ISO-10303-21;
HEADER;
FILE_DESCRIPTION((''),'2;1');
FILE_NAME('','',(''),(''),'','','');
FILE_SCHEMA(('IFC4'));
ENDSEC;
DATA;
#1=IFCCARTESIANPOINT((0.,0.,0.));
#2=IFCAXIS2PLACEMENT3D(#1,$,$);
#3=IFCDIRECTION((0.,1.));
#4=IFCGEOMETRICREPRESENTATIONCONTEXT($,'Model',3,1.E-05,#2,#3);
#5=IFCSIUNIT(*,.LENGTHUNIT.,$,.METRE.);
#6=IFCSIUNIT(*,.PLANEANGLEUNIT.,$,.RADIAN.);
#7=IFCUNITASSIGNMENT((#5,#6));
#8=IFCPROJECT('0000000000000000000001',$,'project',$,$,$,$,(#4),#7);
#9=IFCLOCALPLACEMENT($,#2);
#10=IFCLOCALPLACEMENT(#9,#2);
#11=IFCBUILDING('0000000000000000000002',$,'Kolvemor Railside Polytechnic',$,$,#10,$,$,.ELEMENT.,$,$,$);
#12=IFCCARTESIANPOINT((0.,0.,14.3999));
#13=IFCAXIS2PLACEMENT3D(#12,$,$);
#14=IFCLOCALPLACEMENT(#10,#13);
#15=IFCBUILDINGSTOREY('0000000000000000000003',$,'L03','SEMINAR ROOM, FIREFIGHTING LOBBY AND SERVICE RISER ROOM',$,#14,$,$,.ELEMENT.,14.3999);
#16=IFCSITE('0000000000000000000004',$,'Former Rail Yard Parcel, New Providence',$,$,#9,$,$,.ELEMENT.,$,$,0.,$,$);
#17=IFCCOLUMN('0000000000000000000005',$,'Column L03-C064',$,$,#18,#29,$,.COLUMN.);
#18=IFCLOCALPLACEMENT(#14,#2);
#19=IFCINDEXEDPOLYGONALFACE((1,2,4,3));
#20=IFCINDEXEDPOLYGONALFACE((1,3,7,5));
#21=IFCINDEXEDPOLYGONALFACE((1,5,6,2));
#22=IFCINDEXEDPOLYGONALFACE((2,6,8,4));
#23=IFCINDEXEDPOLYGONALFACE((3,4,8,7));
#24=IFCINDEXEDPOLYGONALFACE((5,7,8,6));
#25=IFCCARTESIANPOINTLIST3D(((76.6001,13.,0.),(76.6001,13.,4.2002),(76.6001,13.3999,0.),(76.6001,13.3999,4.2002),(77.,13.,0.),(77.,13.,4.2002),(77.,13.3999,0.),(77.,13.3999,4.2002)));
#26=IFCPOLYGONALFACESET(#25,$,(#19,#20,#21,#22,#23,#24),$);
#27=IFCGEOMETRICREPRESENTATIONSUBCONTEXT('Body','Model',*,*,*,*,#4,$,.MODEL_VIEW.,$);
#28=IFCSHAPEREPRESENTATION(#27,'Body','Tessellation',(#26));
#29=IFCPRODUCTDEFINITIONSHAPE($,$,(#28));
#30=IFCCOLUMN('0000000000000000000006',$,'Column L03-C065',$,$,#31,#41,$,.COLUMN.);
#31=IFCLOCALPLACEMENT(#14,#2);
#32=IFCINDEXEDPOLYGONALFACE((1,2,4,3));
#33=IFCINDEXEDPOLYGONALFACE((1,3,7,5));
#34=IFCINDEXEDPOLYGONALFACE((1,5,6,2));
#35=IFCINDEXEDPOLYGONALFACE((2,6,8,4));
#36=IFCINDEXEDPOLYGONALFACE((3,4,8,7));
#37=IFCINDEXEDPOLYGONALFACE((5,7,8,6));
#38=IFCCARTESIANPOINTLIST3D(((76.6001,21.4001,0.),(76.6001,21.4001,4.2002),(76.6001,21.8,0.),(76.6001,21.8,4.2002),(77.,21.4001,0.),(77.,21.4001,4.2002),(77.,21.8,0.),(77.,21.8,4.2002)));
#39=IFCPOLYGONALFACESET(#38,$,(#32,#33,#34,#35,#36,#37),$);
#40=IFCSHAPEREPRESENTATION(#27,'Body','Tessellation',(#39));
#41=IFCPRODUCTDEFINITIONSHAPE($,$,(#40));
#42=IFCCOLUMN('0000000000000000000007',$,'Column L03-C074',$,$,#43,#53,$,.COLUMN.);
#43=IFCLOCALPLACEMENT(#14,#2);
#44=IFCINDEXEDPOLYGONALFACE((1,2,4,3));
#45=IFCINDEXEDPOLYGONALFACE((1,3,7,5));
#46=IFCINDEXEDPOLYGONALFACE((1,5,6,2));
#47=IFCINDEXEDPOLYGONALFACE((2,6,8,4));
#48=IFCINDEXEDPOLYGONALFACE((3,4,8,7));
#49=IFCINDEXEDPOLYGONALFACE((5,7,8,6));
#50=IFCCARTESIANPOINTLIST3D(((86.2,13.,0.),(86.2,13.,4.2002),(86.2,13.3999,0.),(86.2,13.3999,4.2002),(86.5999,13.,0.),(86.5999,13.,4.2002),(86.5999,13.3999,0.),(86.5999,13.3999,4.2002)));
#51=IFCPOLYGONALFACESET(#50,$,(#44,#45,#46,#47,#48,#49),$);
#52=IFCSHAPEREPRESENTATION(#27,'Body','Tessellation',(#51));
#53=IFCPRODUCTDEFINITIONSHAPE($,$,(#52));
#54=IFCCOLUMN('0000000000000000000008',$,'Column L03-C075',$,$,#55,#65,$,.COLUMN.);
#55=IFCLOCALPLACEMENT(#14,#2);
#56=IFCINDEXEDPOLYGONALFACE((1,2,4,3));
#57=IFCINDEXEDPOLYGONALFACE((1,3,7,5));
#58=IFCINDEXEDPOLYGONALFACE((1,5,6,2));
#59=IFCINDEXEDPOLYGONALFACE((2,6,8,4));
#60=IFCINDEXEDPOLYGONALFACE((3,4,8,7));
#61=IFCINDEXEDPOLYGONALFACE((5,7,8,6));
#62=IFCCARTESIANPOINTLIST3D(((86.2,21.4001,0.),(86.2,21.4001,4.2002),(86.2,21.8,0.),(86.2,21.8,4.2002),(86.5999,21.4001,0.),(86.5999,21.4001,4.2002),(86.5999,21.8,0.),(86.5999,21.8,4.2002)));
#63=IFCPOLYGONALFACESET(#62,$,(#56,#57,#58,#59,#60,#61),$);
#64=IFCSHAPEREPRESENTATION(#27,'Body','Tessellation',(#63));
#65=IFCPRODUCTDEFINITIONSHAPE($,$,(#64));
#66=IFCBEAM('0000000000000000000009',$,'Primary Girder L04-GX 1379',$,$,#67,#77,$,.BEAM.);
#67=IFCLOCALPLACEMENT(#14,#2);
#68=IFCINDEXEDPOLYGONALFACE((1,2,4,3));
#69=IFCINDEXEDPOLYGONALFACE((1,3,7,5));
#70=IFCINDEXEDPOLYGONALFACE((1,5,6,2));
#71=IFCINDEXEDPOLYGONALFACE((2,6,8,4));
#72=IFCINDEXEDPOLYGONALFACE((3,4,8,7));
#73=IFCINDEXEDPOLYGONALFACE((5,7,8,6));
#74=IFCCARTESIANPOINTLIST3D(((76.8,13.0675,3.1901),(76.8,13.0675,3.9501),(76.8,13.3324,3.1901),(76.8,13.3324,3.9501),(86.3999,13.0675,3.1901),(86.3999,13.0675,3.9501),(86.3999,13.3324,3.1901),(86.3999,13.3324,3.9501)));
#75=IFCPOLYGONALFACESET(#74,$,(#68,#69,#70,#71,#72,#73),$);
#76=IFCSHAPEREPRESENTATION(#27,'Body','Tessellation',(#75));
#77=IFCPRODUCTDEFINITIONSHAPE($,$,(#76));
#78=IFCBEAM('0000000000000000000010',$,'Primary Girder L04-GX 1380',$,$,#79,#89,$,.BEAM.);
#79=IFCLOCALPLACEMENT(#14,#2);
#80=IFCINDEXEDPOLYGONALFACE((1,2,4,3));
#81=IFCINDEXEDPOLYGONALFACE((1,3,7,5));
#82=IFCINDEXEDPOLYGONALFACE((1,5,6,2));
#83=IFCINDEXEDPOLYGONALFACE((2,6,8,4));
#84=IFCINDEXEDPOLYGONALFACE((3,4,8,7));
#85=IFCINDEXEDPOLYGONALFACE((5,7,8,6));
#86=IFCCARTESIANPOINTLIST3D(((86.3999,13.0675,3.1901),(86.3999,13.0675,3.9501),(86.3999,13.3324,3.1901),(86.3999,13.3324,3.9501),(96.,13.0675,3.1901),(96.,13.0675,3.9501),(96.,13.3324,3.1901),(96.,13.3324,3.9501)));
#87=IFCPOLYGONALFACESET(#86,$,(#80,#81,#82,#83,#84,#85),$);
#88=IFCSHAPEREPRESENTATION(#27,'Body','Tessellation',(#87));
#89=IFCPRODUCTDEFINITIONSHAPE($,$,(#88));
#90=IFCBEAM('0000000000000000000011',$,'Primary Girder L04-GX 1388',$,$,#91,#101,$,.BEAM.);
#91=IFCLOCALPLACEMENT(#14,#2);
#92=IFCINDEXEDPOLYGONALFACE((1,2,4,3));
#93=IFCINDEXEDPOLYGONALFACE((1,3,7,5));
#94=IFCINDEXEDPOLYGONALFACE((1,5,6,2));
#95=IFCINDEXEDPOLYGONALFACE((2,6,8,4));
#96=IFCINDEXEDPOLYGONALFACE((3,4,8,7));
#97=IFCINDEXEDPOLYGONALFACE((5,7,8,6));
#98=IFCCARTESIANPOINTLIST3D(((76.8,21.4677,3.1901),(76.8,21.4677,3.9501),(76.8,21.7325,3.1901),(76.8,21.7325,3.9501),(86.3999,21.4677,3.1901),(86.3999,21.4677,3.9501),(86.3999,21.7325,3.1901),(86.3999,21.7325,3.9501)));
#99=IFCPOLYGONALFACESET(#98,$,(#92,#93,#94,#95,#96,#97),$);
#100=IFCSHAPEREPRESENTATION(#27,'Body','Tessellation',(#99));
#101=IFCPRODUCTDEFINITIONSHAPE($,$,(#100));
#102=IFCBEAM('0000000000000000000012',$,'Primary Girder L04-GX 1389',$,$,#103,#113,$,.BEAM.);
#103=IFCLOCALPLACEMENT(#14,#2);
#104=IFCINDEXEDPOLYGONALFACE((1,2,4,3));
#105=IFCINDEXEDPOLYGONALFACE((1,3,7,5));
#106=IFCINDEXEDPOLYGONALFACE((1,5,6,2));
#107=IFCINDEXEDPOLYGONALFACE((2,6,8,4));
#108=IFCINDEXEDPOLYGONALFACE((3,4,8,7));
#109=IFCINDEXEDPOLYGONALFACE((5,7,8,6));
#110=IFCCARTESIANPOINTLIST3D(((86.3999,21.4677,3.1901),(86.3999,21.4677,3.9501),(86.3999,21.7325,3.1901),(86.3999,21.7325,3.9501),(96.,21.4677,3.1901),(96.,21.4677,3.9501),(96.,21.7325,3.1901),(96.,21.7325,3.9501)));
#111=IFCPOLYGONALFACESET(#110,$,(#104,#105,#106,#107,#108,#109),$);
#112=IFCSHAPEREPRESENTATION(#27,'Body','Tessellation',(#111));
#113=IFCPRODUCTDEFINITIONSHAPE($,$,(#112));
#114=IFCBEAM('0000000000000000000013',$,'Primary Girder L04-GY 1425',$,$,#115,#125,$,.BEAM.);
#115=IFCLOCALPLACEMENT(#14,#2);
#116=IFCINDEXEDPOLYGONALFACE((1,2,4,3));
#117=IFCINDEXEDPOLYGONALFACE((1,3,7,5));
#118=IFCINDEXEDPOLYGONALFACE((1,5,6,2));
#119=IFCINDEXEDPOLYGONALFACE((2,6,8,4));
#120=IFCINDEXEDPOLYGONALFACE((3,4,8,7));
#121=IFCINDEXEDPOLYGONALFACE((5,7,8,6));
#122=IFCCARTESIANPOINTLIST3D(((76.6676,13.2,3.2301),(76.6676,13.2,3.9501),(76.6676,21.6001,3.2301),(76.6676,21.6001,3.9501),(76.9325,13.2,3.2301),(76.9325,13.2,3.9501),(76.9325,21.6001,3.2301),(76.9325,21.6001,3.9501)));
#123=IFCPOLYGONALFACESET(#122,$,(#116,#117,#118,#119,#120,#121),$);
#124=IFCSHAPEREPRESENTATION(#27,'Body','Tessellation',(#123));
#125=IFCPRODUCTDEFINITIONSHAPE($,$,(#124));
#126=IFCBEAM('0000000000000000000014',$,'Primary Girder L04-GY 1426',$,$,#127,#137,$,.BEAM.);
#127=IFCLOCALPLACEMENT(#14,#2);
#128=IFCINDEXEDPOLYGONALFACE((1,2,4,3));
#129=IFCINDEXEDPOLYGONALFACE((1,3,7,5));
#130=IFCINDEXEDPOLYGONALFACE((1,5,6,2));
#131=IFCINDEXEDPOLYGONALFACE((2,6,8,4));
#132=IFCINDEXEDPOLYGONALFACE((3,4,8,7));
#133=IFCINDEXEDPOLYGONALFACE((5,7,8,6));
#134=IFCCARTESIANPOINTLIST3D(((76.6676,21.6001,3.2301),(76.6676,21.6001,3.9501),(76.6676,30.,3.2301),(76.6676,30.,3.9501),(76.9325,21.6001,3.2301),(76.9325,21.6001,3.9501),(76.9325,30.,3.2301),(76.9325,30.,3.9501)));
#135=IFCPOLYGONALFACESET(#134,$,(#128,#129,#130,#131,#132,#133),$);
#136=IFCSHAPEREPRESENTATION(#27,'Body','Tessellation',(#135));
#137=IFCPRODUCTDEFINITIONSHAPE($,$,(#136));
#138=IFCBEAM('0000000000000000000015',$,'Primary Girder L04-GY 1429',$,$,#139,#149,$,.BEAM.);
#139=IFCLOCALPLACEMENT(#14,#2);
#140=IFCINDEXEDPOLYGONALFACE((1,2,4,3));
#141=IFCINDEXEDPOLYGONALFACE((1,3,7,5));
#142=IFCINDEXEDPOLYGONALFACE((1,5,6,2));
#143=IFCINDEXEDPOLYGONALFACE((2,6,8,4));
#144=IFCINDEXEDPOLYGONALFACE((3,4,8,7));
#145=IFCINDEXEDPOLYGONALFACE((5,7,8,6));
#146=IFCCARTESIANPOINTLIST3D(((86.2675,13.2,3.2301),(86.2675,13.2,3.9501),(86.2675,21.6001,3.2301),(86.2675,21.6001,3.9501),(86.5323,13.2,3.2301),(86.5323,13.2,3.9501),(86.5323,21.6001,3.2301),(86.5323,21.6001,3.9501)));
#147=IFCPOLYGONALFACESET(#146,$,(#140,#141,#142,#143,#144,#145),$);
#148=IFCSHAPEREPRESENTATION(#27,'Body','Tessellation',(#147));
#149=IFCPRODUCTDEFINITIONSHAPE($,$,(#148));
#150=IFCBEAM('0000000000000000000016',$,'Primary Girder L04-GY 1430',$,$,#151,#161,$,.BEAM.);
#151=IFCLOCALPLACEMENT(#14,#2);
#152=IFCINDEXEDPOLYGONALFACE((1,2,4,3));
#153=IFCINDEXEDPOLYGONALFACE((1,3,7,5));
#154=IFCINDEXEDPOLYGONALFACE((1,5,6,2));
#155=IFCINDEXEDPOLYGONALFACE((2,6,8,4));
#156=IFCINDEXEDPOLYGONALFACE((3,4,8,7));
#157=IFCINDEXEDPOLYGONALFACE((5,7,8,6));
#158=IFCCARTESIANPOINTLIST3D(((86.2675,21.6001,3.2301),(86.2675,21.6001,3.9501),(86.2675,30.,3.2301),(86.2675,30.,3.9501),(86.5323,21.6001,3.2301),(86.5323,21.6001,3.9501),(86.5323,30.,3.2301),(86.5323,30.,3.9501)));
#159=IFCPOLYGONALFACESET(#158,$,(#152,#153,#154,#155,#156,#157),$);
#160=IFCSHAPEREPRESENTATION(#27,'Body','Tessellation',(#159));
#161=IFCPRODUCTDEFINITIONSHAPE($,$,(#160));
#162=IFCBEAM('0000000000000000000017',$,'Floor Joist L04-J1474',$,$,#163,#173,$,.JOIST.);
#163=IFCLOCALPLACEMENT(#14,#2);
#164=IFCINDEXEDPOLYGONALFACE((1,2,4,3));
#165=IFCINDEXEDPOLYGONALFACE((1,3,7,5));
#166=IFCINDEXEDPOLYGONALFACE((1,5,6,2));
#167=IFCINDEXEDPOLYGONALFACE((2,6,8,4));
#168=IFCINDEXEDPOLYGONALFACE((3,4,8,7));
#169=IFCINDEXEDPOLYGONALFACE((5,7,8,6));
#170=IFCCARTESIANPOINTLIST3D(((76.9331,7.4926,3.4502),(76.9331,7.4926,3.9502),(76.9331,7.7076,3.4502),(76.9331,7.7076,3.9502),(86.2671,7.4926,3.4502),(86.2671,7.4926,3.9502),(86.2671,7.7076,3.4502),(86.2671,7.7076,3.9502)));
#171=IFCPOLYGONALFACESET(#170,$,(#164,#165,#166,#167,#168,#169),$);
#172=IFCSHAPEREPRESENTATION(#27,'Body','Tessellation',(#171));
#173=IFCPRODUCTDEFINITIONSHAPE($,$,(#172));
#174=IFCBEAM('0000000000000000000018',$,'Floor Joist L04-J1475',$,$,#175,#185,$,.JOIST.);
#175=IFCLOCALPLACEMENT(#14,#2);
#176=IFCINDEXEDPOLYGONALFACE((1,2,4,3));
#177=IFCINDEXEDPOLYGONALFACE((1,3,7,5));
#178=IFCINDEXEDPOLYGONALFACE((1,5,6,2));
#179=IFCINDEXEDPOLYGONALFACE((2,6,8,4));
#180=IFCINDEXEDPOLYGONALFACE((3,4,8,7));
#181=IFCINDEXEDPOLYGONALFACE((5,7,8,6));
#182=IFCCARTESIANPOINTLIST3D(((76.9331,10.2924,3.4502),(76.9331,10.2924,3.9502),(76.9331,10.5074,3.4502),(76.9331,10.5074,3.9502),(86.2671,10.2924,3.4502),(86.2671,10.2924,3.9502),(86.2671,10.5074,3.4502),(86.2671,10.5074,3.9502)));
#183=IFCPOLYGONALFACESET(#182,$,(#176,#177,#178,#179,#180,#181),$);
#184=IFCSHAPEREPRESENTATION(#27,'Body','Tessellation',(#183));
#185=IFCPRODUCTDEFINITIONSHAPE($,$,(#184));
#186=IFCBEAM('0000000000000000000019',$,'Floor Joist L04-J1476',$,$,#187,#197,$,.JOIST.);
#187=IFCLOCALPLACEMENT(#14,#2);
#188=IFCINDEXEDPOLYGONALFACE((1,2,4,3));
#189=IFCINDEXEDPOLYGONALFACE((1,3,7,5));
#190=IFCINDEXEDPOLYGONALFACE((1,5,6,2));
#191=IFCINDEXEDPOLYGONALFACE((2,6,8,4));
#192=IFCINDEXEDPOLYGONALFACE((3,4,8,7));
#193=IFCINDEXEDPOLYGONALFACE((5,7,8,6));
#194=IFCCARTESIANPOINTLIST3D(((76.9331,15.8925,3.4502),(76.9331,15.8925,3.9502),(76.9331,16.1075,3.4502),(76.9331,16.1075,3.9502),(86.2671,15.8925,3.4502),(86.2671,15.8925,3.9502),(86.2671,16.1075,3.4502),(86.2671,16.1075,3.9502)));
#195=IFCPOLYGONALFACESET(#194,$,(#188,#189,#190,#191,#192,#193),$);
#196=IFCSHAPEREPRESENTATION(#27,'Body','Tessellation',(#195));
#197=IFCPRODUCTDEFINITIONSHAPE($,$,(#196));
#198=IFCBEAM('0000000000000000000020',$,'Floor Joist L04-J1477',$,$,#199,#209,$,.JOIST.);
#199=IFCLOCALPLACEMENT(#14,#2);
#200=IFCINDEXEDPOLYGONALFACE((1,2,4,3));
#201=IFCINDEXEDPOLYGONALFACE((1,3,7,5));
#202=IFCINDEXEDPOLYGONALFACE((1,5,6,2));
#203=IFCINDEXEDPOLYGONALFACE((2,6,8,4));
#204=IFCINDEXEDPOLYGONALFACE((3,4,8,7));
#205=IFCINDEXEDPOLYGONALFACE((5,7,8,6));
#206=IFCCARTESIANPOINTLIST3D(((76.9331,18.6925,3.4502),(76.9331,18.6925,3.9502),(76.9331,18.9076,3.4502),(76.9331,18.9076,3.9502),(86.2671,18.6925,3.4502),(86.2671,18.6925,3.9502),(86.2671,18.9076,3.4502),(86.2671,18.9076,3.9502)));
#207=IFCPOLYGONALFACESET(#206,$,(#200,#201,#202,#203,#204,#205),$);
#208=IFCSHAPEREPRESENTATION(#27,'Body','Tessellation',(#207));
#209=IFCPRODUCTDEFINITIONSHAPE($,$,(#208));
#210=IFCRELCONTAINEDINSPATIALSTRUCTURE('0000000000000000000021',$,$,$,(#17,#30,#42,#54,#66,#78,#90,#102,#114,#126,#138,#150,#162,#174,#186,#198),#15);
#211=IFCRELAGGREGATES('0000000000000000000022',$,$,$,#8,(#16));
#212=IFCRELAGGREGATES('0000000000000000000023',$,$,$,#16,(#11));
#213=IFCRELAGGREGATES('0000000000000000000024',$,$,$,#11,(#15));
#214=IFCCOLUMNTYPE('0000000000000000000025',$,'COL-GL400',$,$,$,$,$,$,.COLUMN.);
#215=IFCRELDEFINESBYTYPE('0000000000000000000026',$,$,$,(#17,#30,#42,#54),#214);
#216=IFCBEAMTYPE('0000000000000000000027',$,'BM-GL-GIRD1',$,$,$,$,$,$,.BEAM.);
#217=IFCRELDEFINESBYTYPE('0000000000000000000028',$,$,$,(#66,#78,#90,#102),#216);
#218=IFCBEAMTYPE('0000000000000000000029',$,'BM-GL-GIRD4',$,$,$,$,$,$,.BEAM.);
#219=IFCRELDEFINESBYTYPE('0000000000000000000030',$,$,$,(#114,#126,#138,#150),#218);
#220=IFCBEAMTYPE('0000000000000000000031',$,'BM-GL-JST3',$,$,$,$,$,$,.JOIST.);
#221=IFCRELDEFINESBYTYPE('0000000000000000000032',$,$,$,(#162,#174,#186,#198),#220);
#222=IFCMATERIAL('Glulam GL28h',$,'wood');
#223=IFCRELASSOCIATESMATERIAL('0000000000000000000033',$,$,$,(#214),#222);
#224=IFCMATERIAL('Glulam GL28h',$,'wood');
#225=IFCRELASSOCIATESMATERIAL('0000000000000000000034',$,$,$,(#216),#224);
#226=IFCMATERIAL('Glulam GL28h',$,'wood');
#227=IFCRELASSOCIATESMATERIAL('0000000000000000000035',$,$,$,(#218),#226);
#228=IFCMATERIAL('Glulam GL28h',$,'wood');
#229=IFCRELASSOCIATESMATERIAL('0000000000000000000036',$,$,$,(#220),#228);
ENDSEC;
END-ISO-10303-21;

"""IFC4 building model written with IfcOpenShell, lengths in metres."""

from ifc_helpers import new_model, si_unit, direction, frame, origin, origin_2d, place, context, subcontext, project, spatial, rectangle, extrude, material, material_profile, profile_set, type_object, element, save


model = new_model("IFC4")

# Units and contexts
model_context = context("Model", 3, precision=1e-05, world=origin(), true_north=direction((0.0, 1.0)))
body_context = subcontext(model_context, "Body", "Model", "MODEL_VIEW")
ifc_project = project(units=[si_unit("LENGTHUNIT", "METRE"), si_unit("PLANEANGLEUNIT", "RADIAN")], contexts=[model_context])

# Site, building, storey
site_placement = place(None, origin())
site = spatial("IfcSite", under=ifc_project, at=site_placement, Name="Former Rail Yard Parcel, New Providence", CompositionType="ELEMENT", RefElevation=0.0)
building_placement = place(site_placement, origin())
building = spatial("IfcBuilding", under=site, at=building_placement, Name="Kolvemor Railside Polytechnic", CompositionType="ELEMENT")
storey_placement = place(building_placement, frame((0.0, 0.0, 14.3999)))
storey = spatial("IfcBuildingStorey", under=building, at=storey_placement, Name="L03", Description="SEMINAR ROOM, FIREFIGHTING LOBBY AND SERVICE RISER ROOM", CompositionType="ELEMENT", Elevation=14.3999)

# Columns
ifc_material_1 = material(Name="Glulam GL28h", Category="wood")
ifc_material_profile_1 = material_profile(ifc_material_1, rectangle(XDim=0.3999, YDim=0.3999, at=origin_2d()), Name="GL400x400")
ifc_profile_set_1 = profile_set([ifc_material_profile_1], Name="Glulam GL28h")
column_type = type_object("IfcColumnType", Name="COL-GL400", PredefinedType="COLUMN", material=ifc_profile_set_1)
for number, where, z_axis, x_axis, name in (
    (1, (76.8, 13.2, 0.0), (0.0, 0.0, 1.0), (1.0, 0.0, 0.0), "Column L03-C064"),
    (2, (76.8, 21.6001, 0.0), (0.0, 0.0, 1.0), (1.0, 0.0, 0.0), "Column L03-C065"),
    (3, (86.3999, 13.2, 0.0), (0.0, 0.0, 1.0), (1.0, 0.0, 0.0), "Column L03-C074"),
    (4, (86.3999, 21.6001, 0.0), (0.0, 0.0, 1.0), (1.0, 0.0, 0.0), "Column L03-C075"),
):
    element("IfcColumn", number, at=place(storey_placement, frame(where, z_axis=z_axis, x_axis=x_axis)), inside=storey, type_object=column_type, Name=name, PredefinedType="COLUMN", context=body_context, shape_type="SweptSolid", body=[
        extrude(rectangle(XDim=0.3999, YDim=0.3999, at=origin_2d()), origin(), (0.0, 0.0, 1.0), 4.2002),
    ])

# Beams
ifc_material_2 = material(Name="Glulam GL28h", Category="wood")
ifc_material_profile_2 = material_profile(ifc_material_2, rectangle(XDim=0.2649, YDim=0.76, at=origin_2d()), Name="GL265x760")
ifc_profile_set_2 = profile_set([ifc_material_profile_2], Name="Glulam GL28h")
beam_type_1 = type_object("IfcBeamType", Name="BM-GL-GIRD1", PredefinedType="BEAM", material=ifc_profile_set_2)
beam_1_placement = place(storey_placement, frame((76.8, 13.2, 3.5701), z_axis=(1.0, 0.0, 0.0), x_axis=(0.0, 1.0, 0.0)))
element("IfcBeam", 5, at=beam_1_placement, inside=storey, type_object=beam_type_1, Name="Primary Girder L04-GX 1379", PredefinedType="BEAM", context=body_context, shape_type="SweptSolid", body=[
    extrude(rectangle(XDim=0.2649, YDim=0.76, at=origin_2d()), origin(), (0.0, 0.0, 1.0), 9.5999),
])
beam_2_placement = place(storey_placement, frame((86.3999, 13.2, 3.5701), z_axis=(1.0, 0.0, 0.0), x_axis=(0.0, 1.0, 0.0)))
element("IfcBeam", 6, at=beam_2_placement, inside=storey, type_object=beam_type_1, Name="Primary Girder L04-GX 1380", PredefinedType="BEAM", context=body_context, shape_type="SweptSolid", body=[
    extrude(rectangle(XDim=0.2649, YDim=0.76, at=origin_2d()), origin(), (0.0, 0.0, 1.0), 9.6001),
])
beam_3_placement = place(storey_placement, frame((76.8, 21.6001, 3.5701), z_axis=(1.0, 0.0, 0.0), x_axis=(0.0, 1.0, 0.0)))
element("IfcBeam", 7, at=beam_3_placement, inside=storey, type_object=beam_type_1, Name="Primary Girder L04-GX 1388", PredefinedType="BEAM", context=body_context, shape_type="SweptSolid", body=[
    extrude(rectangle(XDim=0.2649, YDim=0.76, at=origin_2d()), origin(), (0.0, 0.0, 1.0), 9.5999),
])
beam_4_placement = place(storey_placement, frame((86.3999, 21.6001, 3.5701), z_axis=(1.0, 0.0, 0.0), x_axis=(0.0, 1.0, 0.0)))
element("IfcBeam", 8, at=beam_4_placement, inside=storey, type_object=beam_type_1, Name="Primary Girder L04-GX 1389", PredefinedType="BEAM", context=body_context, shape_type="SweptSolid", body=[
    extrude(rectangle(XDim=0.2649, YDim=0.76, at=origin_2d()), origin(), (0.0, 0.0, 1.0), 9.6001),
])
ifc_material_3 = material(Name="Glulam GL28h", Category="wood")
ifc_material_profile_3 = material_profile(ifc_material_3, rectangle(XDim=0.2649, YDim=0.72, at=origin_2d()), Name="GL265x720")
ifc_profile_set_3 = profile_set([ifc_material_profile_3], Name="Glulam GL28h")
beam_type_2 = type_object("IfcBeamType", Name="BM-GL-GIRD4", PredefinedType="BEAM", material=ifc_profile_set_3)
beam_5_placement = place(storey_placement, frame((76.8, 13.2, 3.5901), z_axis=(0.0, 1.0, 0.0), x_axis=(-1.0, 0.0, 0.0)))
element("IfcBeam", 9, at=beam_5_placement, inside=storey, type_object=beam_type_2, Name="Primary Girder L04-GY 1425", PredefinedType="BEAM", context=body_context, shape_type="SweptSolid", body=[
    extrude(rectangle(XDim=0.2649, YDim=0.72, at=origin_2d()), origin(), (0.0, 0.0, 1.0), 8.4001),
])
beam_6_placement = place(storey_placement, frame((76.8, 21.6001, 3.5901), z_axis=(0.0, 1.0, 0.0), x_axis=(-1.0, 0.0, 0.0)))
element("IfcBeam", 10, at=beam_6_placement, inside=storey, type_object=beam_type_2, Name="Primary Girder L04-GY 1426", PredefinedType="BEAM", context=body_context, shape_type="SweptSolid", body=[
    extrude(rectangle(XDim=0.2649, YDim=0.72, at=origin_2d()), origin(), (0.0, 0.0, 1.0), 8.3999),
])
beam_7_placement = place(storey_placement, frame((86.3999, 13.2, 3.5901), z_axis=(0.0, 1.0, 0.0), x_axis=(-1.0, 0.0, 0.0)))
element("IfcBeam", 11, at=beam_7_placement, inside=storey, type_object=beam_type_2, Name="Primary Girder L04-GY 1429", PredefinedType="BEAM", context=body_context, shape_type="SweptSolid", body=[
    extrude(rectangle(XDim=0.2649, YDim=0.72, at=origin_2d()), origin(), (0.0, 0.0, 1.0), 8.4001),
])
beam_8_placement = place(storey_placement, frame((86.3999, 21.6001, 3.5901), z_axis=(0.0, 1.0, 0.0), x_axis=(-1.0, 0.0, 0.0)))
element("IfcBeam", 12, at=beam_8_placement, inside=storey, type_object=beam_type_2, Name="Primary Girder L04-GY 1430", PredefinedType="BEAM", context=body_context, shape_type="SweptSolid", body=[
    extrude(rectangle(XDim=0.2649, YDim=0.72, at=origin_2d()), origin(), (0.0, 0.0, 1.0), 8.3999),
])
ifc_material_4 = material(Name="Glulam GL28h", Category="wood")
ifc_material_profile_4 = material_profile(ifc_material_4, rectangle(XDim=0.2151, YDim=0.5, at=origin_2d()), Name="GL215x500")
ifc_profile_set_4 = profile_set([ifc_material_profile_4], Name="Glulam GL28h")
beam_type_3 = type_object("IfcBeamType", Name="BM-GL-JST3", PredefinedType="JOIST", material=ifc_profile_set_4)
for number, where, z_axis, x_axis, name in (
    (13, (76.9331, 7.6001, 3.7002), (1.0, 0.0, 0.0), (0.0, 1.0, 0.0), "Floor Joist L04-J1474"),
    (14, (76.9331, 10.3999, 3.7002), (1.0, 0.0, 0.0), (0.0, 1.0, 0.0), "Floor Joist L04-J1475"),
    (15, (76.9331, 16.0, 3.7002), (1.0, 0.0, 0.0), (0.0, 1.0, 0.0), "Floor Joist L04-J1476"),
    (16, (76.9331, 18.8, 3.7002), (1.0, 0.0, 0.0), (0.0, 1.0, 0.0), "Floor Joist L04-J1477"),
):
    element("IfcBeam", number, at=place(storey_placement, frame(where, z_axis=z_axis, x_axis=x_axis)), inside=storey, type_object=beam_type_3, Name=name, PredefinedType="JOIST", context=body_context, shape_type="SweptSolid", body=[
        extrude(rectangle(XDim=0.2151, YDim=0.5, at=origin_2d()), origin(), (0.0, 0.0, 1.0), 9.334),
    ])

save(model, "model.ifc")
